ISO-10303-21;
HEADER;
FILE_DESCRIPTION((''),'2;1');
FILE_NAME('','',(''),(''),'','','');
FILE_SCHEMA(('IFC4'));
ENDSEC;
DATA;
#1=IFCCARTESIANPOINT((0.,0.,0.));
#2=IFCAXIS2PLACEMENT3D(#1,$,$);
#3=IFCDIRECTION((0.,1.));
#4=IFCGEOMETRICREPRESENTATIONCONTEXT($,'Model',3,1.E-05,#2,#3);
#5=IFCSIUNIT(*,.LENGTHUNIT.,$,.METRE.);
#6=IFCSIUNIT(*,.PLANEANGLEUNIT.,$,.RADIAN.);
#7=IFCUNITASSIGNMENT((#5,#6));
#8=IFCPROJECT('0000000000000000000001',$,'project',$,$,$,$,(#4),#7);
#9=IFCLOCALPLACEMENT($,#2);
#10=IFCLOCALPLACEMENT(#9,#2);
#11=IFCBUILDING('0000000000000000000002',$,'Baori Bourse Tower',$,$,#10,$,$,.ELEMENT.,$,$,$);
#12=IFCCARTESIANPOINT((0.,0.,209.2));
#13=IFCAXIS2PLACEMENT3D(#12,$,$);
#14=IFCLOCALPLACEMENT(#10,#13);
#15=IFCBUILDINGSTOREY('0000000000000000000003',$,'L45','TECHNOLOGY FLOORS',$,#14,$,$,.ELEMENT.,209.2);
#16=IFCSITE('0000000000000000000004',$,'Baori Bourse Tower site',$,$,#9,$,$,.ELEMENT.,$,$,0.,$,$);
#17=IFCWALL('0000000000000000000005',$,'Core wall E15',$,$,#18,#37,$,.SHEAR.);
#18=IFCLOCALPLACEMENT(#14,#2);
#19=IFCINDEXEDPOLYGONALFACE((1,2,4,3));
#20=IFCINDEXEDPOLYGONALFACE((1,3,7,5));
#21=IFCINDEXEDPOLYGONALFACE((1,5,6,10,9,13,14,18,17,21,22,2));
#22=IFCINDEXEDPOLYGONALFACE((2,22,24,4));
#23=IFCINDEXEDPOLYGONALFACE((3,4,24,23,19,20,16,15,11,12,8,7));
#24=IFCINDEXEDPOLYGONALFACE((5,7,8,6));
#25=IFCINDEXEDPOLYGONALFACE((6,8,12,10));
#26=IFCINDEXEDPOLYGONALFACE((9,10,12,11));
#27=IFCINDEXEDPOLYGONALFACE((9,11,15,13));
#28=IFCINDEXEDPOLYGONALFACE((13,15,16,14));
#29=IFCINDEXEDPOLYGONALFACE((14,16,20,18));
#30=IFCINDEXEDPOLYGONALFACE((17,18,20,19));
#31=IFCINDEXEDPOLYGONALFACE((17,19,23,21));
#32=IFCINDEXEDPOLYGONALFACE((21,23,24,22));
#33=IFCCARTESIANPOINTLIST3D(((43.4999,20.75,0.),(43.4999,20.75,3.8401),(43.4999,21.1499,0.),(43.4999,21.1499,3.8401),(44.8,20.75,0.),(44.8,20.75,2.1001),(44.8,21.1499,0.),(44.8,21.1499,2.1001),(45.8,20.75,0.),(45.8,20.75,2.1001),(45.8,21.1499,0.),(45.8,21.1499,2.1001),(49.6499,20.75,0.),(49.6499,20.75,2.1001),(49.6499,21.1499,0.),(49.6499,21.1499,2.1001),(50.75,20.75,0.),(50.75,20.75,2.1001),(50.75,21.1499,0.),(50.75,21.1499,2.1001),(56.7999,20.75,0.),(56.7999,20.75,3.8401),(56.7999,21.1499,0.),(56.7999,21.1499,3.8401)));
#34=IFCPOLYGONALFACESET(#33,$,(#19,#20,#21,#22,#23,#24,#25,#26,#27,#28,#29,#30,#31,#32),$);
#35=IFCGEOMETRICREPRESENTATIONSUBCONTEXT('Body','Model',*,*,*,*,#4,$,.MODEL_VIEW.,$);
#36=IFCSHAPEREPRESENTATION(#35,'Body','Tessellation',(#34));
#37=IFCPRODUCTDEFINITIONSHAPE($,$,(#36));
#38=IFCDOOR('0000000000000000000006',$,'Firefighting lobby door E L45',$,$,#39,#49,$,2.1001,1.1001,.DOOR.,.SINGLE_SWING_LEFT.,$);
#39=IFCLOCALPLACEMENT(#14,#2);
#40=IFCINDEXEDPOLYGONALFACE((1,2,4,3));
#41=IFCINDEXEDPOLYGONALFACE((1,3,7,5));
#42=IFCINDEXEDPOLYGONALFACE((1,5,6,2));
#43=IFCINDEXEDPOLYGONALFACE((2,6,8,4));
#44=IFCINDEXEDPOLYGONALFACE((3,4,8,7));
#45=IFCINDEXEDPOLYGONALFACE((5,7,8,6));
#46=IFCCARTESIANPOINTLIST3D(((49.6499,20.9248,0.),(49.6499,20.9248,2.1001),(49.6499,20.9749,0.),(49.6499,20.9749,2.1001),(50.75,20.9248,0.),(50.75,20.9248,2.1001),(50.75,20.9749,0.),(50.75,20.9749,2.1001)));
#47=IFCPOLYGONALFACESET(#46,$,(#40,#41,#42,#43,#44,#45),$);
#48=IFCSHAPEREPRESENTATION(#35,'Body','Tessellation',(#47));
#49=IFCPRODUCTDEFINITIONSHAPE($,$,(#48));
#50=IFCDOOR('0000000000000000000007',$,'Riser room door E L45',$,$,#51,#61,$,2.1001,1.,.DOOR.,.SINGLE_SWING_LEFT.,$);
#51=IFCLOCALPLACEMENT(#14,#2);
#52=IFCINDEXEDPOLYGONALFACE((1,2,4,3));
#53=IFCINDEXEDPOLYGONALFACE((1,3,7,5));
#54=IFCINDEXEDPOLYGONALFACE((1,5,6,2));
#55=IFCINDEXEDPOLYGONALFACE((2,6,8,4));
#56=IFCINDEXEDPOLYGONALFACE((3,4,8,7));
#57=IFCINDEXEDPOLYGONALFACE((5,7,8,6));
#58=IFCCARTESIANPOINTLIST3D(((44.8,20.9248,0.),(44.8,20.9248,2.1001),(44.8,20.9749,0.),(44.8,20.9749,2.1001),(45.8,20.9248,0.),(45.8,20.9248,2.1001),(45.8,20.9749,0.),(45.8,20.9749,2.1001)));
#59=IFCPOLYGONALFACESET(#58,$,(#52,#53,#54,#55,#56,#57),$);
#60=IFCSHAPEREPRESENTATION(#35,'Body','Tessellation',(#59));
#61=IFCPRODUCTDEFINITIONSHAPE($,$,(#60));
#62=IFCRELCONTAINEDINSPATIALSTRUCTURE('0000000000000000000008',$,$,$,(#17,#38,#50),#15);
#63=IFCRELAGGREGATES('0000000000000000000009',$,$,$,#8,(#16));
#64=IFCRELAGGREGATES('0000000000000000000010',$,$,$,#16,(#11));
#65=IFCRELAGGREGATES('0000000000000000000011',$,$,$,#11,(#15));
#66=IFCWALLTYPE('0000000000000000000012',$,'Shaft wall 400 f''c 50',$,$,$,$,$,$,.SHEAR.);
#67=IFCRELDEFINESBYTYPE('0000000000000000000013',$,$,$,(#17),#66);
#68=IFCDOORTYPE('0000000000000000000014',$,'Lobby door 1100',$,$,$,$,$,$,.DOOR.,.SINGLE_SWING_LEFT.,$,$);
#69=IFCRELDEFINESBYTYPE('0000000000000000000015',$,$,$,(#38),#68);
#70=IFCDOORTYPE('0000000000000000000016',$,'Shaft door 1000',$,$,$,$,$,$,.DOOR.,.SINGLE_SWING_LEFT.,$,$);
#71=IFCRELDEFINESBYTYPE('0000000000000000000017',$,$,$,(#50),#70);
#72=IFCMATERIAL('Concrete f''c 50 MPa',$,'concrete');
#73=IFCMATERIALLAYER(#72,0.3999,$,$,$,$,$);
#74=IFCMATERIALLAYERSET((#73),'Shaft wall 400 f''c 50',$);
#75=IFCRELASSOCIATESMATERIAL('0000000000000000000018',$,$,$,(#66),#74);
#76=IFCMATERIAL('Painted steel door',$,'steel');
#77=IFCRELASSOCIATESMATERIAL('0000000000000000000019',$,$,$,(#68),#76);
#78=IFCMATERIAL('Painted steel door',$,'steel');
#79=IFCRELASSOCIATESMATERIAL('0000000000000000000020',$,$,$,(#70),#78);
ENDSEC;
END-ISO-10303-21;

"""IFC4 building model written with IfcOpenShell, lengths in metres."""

from ifc_helpers import new_model, si_unit, direction, frame, frame_2d, origin, place, context, subcontext, project, spatial, rectangle, extrude, material, layer, layer_set, type_object, element, fill, save


model = new_model("IFC4")

# Units and contexts
model_context = context("Model", 3, precision=1e-05, world=origin(), true_north=direction((0.0, 1.0)))
body_context = subcontext(model_context, "Body", "Model", "MODEL_VIEW")
ifc_project = project(units=[si_unit("LENGTHUNIT", "METRE"), si_unit("PLANEANGLEUNIT", "RADIAN")], contexts=[model_context])

# Site, building, storey
site_placement = place(None, origin())
site = spatial("IfcSite", under=ifc_project, at=site_placement, Name="Baori Bourse Tower site", CompositionType="ELEMENT", RefElevation=0.0)
building_placement = place(site_placement, origin())
building = spatial("IfcBuilding", under=site, at=building_placement, Name="Baori Bourse Tower", CompositionType="ELEMENT")
storey_placement = place(building_placement, frame((0.0, 0.0, 209.2)))
storey = spatial("IfcBuildingStorey", under=building, at=storey_placement, Name="L45", Description="TECHNOLOGY FLOORS", CompositionType="ELEMENT", Elevation=209.2)

# Shared definitions
ifc_material_1 = material(Name="Concrete f'c 50 MPa", Category="concrete")
ifc_layer_1 = layer(ifc_material_1, 0.3999)
ifc_layer_set_1 = layer_set([ifc_layer_1], Name="Shaft wall 400 f'c 50")
wall_type_1 = type_object("IfcWallType", Name="Shaft wall 400 f'c 50", PredefinedType="SHEAR", material=ifc_layer_set_1)

# Wall, openings, doors
wall_1_placement = place(storey_placement, frame((43.5, 20.95, 0.0), z_axis=(0.0, 0.0, 1.0), x_axis=(1.0, 0.0, 0.0)))
wall_1 = element("IfcWall", 1, at=wall_1_placement, inside=storey, type_object=wall_type_1, Name="Core wall E15", PredefinedType="SHEAR", context=body_context, shape_type="SweptSolid", body=[
    extrude(rectangle(XDim=13.3, YDim=0.3999, at=frame_2d((6.6499, 0.0))), origin(), (0.0, 0.0, 1.0), 3.8401),
])
opening_1_placement = place(wall_1_placement, frame((6.1499, 0.0, 0.0)))
opening_1 = element("IfcOpeningElement", 2, at=opening_1_placement, cuts=wall_1, PredefinedType="OPENING", context=body_context, shape_type="SweptSolid", body=[
    extrude(rectangle(XDim=1.1001, YDim=2.1001, at=frame_2d((0.55, 1.05))), frame((0.0, 0.21, 0.0), z_axis=(0.0, -1.0, 0.0), x_axis=(1.0, 0.0, 0.0)), (0.0, 0.0, 1.0), 0.4199),
])
opening_2_placement = place(wall_1_placement, frame((1.3, 0.0, 0.0)))
opening_2 = element("IfcOpeningElement", 3, at=opening_2_placement, cuts=wall_1, PredefinedType="OPENING", context=body_context, shape_type="SweptSolid", body=[
    extrude(rectangle(XDim=1.0, YDim=2.1001, at=frame_2d((0.5, 1.05))), frame((0.0, 0.21, 0.0), z_axis=(0.0, -1.0, 0.0), x_axis=(1.0, 0.0, 0.0)), (0.0, 0.0, 1.0), 0.4199),
])
ifc_material_2 = material(Name="Painted steel door", Category="steel")
door_type_1 = type_object("IfcDoorType", Name="Lobby door 1100", OperationType="SINGLE_SWING_LEFT", PredefinedType="DOOR", material=ifc_material_2)
door_1_placement = place(opening_1_placement, origin())
door_1 = element("IfcDoor", 4, at=door_1_placement, inside=storey, type_object=door_type_1, Name="Firefighting lobby door E L45", OperationType="SINGLE_SWING_LEFT", OverallHeight=2.1001, OverallWidth=1.1001, PredefinedType="DOOR", context=body_context, shape_type="SweptSolid", body=[
    extrude(rectangle(XDim=1.1001, YDim=2.1001, at=frame_2d((0.55, 1.05))), frame((0.0, 0.0249, 0.0), z_axis=(0.0, -1.0, 0.0), x_axis=(1.0, 0.0, 0.0)), (0.0, 0.0, 1.0), 0.05),
])
fill(opening_1, door_1)
ifc_material_3 = material(Name="Painted steel door", Category="steel")
door_type_2 = type_object("IfcDoorType", Name="Shaft door 1000", OperationType="SINGLE_SWING_LEFT", PredefinedType="DOOR", material=ifc_material_3)
door_2_placement = place(opening_2_placement, origin())
door_2 = element("IfcDoor", 5, at=door_2_placement, inside=storey, type_object=door_type_2, Name="Riser room door E L45", OperationType="SINGLE_SWING_LEFT", OverallHeight=2.1001, OverallWidth=1.0, PredefinedType="DOOR", context=body_context, shape_type="SweptSolid", body=[
    extrude(rectangle(XDim=1.0, YDim=2.1001, at=frame_2d((0.5, 1.05))), frame((0.0, 0.0249, 0.0), z_axis=(0.0, -1.0, 0.0), x_axis=(1.0, 0.0, 0.0)), (0.0, 0.0, 1.0), 0.05),
])
fill(opening_2, door_2)

save(model, "model.ifc")
